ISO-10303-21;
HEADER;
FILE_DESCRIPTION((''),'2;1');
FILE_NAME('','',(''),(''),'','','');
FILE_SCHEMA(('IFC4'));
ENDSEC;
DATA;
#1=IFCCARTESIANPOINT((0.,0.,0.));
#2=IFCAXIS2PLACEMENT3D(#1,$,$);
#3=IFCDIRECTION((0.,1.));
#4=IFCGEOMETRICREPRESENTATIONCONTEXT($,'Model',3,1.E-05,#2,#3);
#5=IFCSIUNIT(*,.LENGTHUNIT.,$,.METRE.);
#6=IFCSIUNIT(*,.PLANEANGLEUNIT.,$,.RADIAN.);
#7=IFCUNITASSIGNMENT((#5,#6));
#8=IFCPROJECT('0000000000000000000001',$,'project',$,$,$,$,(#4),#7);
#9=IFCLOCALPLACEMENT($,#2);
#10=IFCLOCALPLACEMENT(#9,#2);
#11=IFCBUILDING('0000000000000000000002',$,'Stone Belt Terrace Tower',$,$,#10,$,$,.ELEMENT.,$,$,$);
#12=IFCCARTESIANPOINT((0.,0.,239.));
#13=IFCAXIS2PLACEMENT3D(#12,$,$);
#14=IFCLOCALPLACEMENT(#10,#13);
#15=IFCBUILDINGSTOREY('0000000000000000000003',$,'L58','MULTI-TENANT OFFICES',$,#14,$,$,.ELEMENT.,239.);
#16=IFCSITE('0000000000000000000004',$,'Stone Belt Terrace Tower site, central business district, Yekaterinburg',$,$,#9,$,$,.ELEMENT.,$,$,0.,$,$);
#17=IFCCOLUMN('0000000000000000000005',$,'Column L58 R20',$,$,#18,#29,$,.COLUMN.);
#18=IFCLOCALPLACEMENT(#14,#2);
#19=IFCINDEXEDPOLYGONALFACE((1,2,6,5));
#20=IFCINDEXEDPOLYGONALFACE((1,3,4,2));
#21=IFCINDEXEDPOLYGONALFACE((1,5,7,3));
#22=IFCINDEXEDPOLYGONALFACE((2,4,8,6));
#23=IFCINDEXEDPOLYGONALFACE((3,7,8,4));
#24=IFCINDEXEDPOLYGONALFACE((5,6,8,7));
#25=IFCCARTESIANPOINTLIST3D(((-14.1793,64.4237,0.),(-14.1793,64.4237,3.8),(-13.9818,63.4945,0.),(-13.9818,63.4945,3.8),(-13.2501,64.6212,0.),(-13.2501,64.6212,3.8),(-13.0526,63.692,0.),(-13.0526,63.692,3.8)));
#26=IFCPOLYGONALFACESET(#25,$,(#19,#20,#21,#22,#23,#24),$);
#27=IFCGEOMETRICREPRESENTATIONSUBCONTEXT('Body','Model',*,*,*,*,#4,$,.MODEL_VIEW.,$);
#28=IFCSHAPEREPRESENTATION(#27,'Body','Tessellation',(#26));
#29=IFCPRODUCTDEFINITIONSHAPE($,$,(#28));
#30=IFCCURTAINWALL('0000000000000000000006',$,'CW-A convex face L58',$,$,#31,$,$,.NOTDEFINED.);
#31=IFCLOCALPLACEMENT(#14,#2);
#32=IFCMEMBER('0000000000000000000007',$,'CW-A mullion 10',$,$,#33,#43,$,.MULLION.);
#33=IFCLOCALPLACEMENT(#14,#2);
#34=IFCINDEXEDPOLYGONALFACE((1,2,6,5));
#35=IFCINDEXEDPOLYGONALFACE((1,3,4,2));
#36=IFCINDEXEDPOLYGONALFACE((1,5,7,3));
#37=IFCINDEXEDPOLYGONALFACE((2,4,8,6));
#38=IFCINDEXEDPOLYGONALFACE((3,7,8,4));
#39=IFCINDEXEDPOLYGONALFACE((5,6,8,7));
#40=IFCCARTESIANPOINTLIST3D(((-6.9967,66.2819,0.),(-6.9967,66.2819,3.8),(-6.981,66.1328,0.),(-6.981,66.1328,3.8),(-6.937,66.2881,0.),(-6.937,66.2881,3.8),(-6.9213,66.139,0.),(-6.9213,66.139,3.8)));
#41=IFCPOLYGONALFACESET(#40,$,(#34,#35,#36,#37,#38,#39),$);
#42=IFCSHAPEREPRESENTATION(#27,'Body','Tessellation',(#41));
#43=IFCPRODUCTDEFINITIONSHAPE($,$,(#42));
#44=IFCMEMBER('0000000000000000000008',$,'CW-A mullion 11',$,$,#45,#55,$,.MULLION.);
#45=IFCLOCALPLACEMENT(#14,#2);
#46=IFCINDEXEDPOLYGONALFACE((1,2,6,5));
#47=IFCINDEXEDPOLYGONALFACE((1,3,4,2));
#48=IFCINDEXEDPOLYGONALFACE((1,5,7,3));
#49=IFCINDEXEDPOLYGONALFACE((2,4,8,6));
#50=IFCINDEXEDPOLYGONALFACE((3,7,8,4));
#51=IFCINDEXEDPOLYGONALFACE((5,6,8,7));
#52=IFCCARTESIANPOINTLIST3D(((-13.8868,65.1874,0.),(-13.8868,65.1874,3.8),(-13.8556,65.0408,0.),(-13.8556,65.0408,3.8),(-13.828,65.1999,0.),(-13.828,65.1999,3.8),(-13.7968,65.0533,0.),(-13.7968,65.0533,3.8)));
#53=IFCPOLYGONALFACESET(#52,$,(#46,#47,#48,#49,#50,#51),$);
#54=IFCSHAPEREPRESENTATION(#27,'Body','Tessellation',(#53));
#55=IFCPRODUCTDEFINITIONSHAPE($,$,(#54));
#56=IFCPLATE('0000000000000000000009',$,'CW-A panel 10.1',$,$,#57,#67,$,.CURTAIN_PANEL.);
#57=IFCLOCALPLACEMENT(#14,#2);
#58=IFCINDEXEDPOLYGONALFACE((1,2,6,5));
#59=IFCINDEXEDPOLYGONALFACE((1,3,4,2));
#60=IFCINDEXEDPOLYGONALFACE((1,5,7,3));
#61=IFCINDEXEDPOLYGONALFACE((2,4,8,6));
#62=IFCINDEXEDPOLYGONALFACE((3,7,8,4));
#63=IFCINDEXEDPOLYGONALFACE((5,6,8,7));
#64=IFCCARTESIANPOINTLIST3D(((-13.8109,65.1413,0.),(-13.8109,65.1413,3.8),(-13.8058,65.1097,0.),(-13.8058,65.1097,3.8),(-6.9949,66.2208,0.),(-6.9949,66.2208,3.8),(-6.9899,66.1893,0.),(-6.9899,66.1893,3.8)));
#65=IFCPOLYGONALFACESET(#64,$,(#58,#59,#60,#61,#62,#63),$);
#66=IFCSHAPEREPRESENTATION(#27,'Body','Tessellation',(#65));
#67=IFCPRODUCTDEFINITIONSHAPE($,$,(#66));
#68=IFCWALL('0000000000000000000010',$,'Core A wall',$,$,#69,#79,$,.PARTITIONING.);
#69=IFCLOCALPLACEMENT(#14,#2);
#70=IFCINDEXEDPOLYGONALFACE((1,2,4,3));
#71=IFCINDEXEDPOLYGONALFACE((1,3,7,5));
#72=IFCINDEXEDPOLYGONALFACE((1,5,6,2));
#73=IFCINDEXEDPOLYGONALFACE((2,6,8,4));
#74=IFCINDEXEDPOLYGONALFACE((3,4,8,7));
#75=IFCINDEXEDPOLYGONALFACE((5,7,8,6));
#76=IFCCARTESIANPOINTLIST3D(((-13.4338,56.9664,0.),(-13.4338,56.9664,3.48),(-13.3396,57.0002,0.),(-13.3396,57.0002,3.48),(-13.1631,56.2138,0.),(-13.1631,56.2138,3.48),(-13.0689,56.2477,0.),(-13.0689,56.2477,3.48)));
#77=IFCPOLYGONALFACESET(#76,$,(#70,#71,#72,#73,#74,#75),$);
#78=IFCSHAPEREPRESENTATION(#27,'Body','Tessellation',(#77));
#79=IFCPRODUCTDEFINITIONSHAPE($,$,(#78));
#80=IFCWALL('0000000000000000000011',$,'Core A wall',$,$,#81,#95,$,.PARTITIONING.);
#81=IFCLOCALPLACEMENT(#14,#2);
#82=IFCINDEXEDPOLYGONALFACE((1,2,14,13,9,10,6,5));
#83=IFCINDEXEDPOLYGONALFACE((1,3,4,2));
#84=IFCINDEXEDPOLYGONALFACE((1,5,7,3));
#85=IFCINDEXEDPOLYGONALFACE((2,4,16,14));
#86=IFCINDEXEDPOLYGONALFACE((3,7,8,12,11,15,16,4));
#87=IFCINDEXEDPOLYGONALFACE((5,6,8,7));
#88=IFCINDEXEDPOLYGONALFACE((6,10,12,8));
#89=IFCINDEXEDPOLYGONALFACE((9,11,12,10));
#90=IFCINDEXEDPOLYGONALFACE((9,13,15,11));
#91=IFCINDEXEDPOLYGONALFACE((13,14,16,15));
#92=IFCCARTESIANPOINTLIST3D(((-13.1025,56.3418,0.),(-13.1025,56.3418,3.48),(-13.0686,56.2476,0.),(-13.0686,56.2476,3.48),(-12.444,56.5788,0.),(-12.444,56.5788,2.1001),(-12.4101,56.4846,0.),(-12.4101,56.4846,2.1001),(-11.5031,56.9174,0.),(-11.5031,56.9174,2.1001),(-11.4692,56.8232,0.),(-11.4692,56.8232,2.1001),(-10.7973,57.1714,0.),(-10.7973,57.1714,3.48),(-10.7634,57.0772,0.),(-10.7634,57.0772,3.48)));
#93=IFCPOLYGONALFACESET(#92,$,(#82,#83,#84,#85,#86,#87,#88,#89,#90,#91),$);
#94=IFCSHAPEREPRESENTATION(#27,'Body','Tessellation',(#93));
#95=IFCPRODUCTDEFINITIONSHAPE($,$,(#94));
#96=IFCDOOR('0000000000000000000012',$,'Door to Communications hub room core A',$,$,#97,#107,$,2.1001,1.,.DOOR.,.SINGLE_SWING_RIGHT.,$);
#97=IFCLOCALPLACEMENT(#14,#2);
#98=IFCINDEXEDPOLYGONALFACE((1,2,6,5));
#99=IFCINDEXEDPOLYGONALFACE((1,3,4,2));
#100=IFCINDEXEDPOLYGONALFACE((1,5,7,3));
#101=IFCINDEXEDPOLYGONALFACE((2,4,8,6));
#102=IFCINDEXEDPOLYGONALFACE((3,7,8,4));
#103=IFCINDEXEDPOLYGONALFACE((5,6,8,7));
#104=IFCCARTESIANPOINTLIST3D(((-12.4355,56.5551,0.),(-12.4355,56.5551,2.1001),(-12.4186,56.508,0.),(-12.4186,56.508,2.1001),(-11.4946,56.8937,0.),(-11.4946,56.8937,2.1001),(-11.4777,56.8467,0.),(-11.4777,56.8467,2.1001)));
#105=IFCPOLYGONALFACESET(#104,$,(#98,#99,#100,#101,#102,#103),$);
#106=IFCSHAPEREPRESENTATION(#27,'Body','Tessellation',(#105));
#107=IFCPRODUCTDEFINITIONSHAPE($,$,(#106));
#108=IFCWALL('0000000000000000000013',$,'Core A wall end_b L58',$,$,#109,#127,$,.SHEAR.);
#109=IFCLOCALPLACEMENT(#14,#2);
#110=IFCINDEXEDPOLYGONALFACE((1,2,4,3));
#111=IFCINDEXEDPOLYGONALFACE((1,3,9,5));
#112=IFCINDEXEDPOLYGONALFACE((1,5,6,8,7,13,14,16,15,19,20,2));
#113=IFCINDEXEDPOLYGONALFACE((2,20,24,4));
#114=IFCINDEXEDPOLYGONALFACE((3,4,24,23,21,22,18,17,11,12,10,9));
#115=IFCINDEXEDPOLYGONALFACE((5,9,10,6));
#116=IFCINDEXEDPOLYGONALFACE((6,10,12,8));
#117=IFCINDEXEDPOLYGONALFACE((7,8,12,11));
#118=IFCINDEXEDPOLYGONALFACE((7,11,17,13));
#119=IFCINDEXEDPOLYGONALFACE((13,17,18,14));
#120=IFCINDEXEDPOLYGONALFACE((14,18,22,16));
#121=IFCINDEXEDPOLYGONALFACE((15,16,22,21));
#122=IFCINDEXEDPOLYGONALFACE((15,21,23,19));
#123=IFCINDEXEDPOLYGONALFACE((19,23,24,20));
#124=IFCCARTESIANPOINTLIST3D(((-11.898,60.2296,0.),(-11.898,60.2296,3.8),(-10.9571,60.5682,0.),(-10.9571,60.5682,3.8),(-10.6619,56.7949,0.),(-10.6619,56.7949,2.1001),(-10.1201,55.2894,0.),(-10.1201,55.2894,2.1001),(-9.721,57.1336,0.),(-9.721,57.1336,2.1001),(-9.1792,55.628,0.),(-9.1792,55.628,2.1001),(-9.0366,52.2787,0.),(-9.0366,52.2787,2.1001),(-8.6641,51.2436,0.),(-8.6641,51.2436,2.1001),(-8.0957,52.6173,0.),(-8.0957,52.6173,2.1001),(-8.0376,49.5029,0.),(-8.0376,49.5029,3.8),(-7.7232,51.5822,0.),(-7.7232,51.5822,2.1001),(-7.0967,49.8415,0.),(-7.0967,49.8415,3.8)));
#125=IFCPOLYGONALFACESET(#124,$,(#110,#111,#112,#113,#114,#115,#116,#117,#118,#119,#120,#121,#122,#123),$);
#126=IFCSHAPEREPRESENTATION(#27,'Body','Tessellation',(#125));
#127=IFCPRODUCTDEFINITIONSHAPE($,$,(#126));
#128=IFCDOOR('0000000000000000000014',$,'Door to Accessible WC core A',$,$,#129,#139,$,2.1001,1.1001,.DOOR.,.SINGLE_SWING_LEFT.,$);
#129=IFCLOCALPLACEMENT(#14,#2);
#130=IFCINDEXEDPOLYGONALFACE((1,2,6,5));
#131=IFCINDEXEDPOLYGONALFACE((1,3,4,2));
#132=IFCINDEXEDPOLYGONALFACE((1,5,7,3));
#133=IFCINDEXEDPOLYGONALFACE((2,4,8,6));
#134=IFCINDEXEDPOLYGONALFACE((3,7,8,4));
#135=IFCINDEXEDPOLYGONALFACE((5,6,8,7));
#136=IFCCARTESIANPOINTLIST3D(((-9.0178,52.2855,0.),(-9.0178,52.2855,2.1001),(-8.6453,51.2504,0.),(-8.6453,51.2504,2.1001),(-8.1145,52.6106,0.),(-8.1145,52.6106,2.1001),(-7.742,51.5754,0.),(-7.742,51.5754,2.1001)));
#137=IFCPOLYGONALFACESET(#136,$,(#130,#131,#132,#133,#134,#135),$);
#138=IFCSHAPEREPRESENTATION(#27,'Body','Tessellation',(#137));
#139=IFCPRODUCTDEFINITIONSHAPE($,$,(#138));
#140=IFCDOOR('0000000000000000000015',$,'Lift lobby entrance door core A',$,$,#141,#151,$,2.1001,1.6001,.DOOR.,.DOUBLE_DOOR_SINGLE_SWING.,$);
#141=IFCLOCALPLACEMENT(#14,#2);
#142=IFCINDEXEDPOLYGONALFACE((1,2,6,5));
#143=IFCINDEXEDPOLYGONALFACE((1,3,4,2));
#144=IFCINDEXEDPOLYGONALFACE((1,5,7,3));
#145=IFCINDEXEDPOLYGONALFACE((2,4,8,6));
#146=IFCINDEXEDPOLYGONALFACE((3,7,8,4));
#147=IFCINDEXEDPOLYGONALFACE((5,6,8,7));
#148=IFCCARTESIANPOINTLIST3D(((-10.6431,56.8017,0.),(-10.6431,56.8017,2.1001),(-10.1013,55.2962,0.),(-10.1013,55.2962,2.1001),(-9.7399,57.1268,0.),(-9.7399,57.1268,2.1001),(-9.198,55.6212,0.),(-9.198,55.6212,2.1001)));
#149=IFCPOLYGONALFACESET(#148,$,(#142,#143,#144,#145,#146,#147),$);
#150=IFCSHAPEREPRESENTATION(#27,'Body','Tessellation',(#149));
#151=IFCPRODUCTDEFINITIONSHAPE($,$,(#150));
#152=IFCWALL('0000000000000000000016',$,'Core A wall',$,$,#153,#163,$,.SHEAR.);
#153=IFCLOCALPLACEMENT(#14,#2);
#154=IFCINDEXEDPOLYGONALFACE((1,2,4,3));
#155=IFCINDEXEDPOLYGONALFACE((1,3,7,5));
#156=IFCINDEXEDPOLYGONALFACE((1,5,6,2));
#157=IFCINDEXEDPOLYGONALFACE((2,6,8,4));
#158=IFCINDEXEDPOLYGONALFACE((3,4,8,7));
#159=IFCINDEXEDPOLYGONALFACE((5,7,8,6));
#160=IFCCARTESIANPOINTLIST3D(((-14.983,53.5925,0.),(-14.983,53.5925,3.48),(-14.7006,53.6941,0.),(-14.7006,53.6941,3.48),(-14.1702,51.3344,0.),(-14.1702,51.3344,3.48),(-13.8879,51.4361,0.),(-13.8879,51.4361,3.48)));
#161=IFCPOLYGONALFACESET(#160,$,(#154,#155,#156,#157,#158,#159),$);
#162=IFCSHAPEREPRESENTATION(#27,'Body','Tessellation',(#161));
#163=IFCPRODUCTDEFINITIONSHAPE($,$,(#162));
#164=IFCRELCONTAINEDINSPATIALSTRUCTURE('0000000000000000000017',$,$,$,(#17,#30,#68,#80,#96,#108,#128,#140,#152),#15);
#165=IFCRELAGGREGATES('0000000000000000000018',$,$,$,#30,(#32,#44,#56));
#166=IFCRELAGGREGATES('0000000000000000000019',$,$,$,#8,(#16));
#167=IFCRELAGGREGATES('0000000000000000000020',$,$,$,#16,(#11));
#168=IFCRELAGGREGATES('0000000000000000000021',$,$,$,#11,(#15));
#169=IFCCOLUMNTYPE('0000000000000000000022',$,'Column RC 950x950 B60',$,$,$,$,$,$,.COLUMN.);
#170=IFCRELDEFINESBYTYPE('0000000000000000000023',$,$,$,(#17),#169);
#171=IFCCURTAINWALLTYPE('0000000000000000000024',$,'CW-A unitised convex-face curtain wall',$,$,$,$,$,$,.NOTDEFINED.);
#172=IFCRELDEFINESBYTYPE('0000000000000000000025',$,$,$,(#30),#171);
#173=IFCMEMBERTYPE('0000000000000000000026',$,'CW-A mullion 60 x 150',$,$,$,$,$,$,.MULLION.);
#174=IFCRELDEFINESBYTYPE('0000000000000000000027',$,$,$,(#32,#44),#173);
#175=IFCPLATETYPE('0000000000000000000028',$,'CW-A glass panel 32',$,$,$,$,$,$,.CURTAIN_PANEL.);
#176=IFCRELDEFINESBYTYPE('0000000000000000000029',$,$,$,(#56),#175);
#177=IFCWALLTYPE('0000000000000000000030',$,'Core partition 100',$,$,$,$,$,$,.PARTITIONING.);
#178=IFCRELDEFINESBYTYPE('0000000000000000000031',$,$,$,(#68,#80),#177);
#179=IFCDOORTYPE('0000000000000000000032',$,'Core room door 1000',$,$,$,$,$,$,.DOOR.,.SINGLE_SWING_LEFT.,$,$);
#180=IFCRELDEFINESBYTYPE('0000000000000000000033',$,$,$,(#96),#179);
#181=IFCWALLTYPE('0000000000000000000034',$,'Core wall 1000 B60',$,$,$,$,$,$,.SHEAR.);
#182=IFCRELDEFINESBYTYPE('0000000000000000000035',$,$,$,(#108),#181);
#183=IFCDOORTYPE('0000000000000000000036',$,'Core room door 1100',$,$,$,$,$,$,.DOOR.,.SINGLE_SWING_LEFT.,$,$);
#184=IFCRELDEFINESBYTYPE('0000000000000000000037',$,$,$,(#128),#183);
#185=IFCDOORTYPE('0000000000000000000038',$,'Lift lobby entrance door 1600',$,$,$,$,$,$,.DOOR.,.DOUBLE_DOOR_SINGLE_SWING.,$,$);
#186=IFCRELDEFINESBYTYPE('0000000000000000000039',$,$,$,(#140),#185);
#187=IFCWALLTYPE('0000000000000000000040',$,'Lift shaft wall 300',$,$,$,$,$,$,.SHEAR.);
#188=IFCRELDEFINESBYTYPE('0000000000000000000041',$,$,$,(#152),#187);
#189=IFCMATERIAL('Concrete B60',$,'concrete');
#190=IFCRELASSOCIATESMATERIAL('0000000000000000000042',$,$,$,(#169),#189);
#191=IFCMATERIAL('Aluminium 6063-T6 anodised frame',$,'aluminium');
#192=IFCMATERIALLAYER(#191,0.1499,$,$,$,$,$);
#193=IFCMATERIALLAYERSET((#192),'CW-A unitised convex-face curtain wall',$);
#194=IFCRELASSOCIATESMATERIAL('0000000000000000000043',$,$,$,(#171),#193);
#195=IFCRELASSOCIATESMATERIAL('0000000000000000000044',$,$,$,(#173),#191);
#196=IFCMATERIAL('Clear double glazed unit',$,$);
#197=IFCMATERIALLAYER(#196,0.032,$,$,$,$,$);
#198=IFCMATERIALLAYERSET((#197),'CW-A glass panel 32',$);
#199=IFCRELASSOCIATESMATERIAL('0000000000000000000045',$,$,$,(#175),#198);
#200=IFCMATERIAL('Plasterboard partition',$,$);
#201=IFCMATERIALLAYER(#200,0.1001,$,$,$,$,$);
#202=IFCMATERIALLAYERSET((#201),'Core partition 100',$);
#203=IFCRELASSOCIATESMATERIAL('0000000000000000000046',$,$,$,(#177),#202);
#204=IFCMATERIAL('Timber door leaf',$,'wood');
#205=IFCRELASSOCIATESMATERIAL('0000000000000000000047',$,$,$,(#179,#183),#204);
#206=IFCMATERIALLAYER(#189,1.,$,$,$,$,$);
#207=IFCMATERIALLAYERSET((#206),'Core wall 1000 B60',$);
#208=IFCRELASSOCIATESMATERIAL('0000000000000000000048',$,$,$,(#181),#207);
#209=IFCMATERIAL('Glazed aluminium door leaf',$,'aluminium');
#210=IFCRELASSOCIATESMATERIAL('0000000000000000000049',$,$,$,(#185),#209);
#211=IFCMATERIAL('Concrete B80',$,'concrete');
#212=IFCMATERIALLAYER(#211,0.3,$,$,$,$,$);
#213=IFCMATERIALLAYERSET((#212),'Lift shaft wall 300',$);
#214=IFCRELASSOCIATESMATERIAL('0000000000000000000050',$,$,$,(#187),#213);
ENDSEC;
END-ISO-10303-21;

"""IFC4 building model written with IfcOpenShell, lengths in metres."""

from ifc_helpers import new_model, si_unit, direction, frame, frame_2d, origin, origin_2d, place, context, subcontext, project, spatial, rectangle, extrude, material, layer, layer_set, material_profile, profile_set, type_object, element, fill, aggregate, save


model = new_model("IFC4")

# Units and contexts
model_context = context("Model", 3, precision=1e-05, world=origin(), true_north=direction((0.0, 1.0)))
body_context = subcontext(model_context, "Body", "Model", "MODEL_VIEW")
ifc_project = project(units=[si_unit("LENGTHUNIT", "METRE"), si_unit("PLANEANGLEUNIT", "RADIAN")], contexts=[model_context])

# Site, building, storey
site_placement = place(None, origin())
site = spatial("IfcSite", under=ifc_project, at=site_placement, Name="Stone Belt Terrace Tower site, central business district, Yekaterinburg", CompositionType="ELEMENT", RefElevation=0.0)
building_placement = place(site_placement, origin())
building = spatial("IfcBuilding", under=site, at=building_placement, Name="Stone Belt Terrace Tower", CompositionType="ELEMENT")
storey_placement = place(building_placement, frame((0.0, 0.0, 239.0)))
storey = spatial("IfcBuildingStorey", under=building, at=storey_placement, Name="L58", Description="MULTI-TENANT OFFICES", CompositionType="ELEMENT", Elevation=239.0)

# Column
ifc_material_1 = material(Name="Concrete B60", Category="concrete")
ifc_material_profile_1 = material_profile(ifc_material_1, rectangle(XDim=0.95, YDim=0.95, at=origin_2d()), Name="RC 950x950")
ifc_profile_set_1 = profile_set([ifc_material_profile_1], Name="Concrete B60")
column_type = type_object("IfcColumnType", Name="Column RC 950x950 B60", PredefinedType="COLUMN", material=ifc_profile_set_1)
column_placement = place(storey_placement, frame((-13.616, 64.0579, 0.0), z_axis=(0.0, 0.0, 1.0), x_axis=(0.978148, 0.207912, 0.0)))
element("IfcColumn", 1, at=column_placement, inside=storey, type_object=column_type, Name="Column L58 R20", PredefinedType="COLUMN", context=body_context, shape_type="SweptSolid", body=[
    extrude(rectangle(XDim=0.95, YDim=0.95, at=origin_2d()), origin(), (0.0, 0.0, 1.0), 3.8),
])

# Curtain wall, members, plate
ifc_material_2 = material(Name="Aluminium 6063-T6 anodised frame", Category="aluminium")
ifc_layer_1 = layer(ifc_material_2, 0.1499)
ifc_layer_set_1 = layer_set([ifc_layer_1], Name="CW-A unitised convex-face curtain wall")
curtain_wall_type = type_object("IfcCurtainWallType", Name="CW-A unitised convex-face curtain wall", PredefinedType="NOTDEFINED", material=ifc_layer_set_1)
curtain_wall_placement = place(storey_placement, origin())
curtain_wall = element("IfcCurtainWall", 2, at=curtain_wall_placement, inside=storey, type_object=curtain_wall_type, Name="CW-A convex face L58", PredefinedType="NOTDEFINED")
ifc_material_profile_2 = material_profile(ifc_material_2, rectangle(XDim=0.1499, YDim=0.0601, at=origin_2d()), Name="Aluminium 6063-T6 60x150")
ifc_profile_set_2 = profile_set([ifc_material_profile_2], Name="Aluminium 6063-T6 anodised frame")
member_type = type_object("IfcMemberType", Name="CW-A mullion 60 x 150", PredefinedType="MULLION", material=ifc_profile_set_2)
member_1_placement = place(storey_placement, frame((-6.959, 66.2104, 0.0), z_axis=(0.0, 0.0, 1.0), x_axis=(0.104528, -0.994522, 0.0)))
member_1 = element("IfcMember", 3, at=member_1_placement, type_object=member_type, Name="CW-A mullion 10", PredefinedType="MULLION", context=body_context, shape_type="SweptSolid", body=[
    extrude(rectangle(XDim=0.1499, YDim=0.0601, at=origin_2d()), origin(), (0.0, 0.0, 1.0), 3.8),
])
member_2_placement = place(storey_placement, frame((-13.8418, 65.1204, 0.0), z_axis=(0.0, 0.0, 1.0), x_axis=(0.207912, -0.978148, 0.0)))
member_2 = element("IfcMember", 4, at=member_2_placement, type_object=member_type, Name="CW-A mullion 11", PredefinedType="MULLION", context=body_context, shape_type="SweptSolid", body=[
    extrude(rectangle(XDim=0.1499, YDim=0.0601, at=origin_2d()), origin(), (0.0, 0.0, 1.0), 3.8),
])
ifc_material_3 = material(Name="Clear double glazed unit")
ifc_layer_2 = layer(ifc_material_3, 0.032)
ifc_layer_set_2 = layer_set([ifc_layer_2], Name="CW-A glass panel 32")
plate_type = type_object("IfcPlateType", Name="CW-A glass panel 32", PredefinedType="CURTAIN_PANEL", material=ifc_layer_set_2)
plate_placement = place(storey_placement, frame((-10.4004, 65.6653, 0.0), z_axis=(0.0, 0.0, 1.0), x_axis=(-0.987688, -0.156434, 0.0)))
plate = element("IfcPlate", 5, at=plate_placement, type_object=plate_type, Name="CW-A panel 10.1", PredefinedType="CURTAIN_PANEL", context=body_context, shape_type="SweptSolid", body=[
    extrude(rectangle(XDim=6.9009, YDim=0.032, at=origin_2d()), origin(), (0.0, 0.0, 1.0), 3.8),
])
aggregate(curtain_wall, [member_1, member_2, plate])

# Wall
ifc_material_4 = material(Name="Plasterboard partition")
ifc_layer_3 = layer(ifc_material_4, 0.1001)
ifc_layer_set_3 = layer_set([ifc_layer_3], Name="Core partition 100")
wall_type_1 = type_object("IfcWallType", Name="Core partition 100", PredefinedType="PARTITIONING", material=ifc_layer_set_3)
wall_1_placement = place(storey_placement, frame((-13.116, 56.2307, 0.0), z_axis=(0.0, 0.0, 1.0), x_axis=(-0.338482, 0.940973, 0.0)))
element("IfcWall", 6, at=wall_1_placement, inside=storey, type_object=wall_type_1, Name="Core A wall", PredefinedType="PARTITIONING", context=body_context, shape_type="SweptSolid", body=[
    extrude(rectangle(XDim=0.7998, YDim=0.1001, at=frame_2d((0.3999, 0.0))), origin(), (0.0, 0.0, 1.0), 3.48),
])

# Wall, opening, door
wall_2_placement = place(storey_placement, frame((-13.0857, 56.2947, 0.0), z_axis=(0.0, 0.0, 1.0), x_axis=(0.940923, 0.338621, 0.0)))
wall_2 = element("IfcWall", 7, at=wall_2_placement, inside=storey, type_object=wall_type_1, Name="Core A wall", PredefinedType="PARTITIONING", context=body_context, shape_type="SweptSolid", body=[
    extrude(rectangle(XDim=2.45, YDim=0.1001, at=frame_2d((1.2251, 0.0))), origin(), (0.0, 0.0, 1.0), 3.48),
])
opening_1_placement = place(wall_2_placement, frame((0.7, 0.0, 0.0)))
opening_1 = element("IfcOpeningElement", 8, at=opening_1_placement, cuts=wall_2, PredefinedType="OPENING", context=body_context, shape_type="SweptSolid", body=[
    extrude(rectangle(XDim=1.0, YDim=2.1001, at=frame_2d((0.5, 1.05))), frame((0.0, 0.0601, 0.0), z_axis=(0.0, -1.0, 0.0), x_axis=(1.0, 0.0, 0.0)), (0.0, 0.0, 1.0), 0.1201),
])
ifc_material_5 = material(Name="Timber door leaf", Category="wood")
door_type_1 = type_object("IfcDoorType", Name="Core room door 1000", OperationType="SINGLE_SWING_LEFT", PredefinedType="DOOR", material=ifc_material_5)
door_1_placement = place(opening_1_placement, origin())
door_1 = element("IfcDoor", 9, at=door_1_placement, inside=storey, type_object=door_type_1, Name="Door to Communications hub room core A", OperationType="SINGLE_SWING_RIGHT", OverallHeight=2.1001, OverallWidth=1.0, PredefinedType="DOOR", context=body_context, shape_type="SweptSolid", body=[
    extrude(rectangle(XDim=1.0, YDim=2.1001, at=frame_2d((0.5, 1.05))), frame((0.0, 0.0249, 0.0), z_axis=(0.0, -1.0, 0.0), x_axis=(1.0, 0.0, 0.0)), (0.0, 0.0, 1.0), 0.05),
])
fill(opening_1, door_1)

# Wall, openings, doors
ifc_layer_4 = layer(ifc_material_1, 1.0)
ifc_layer_set_4 = layer_set([ifc_layer_4], Name="Core wall 1000 B60")
wall_type_2 = type_object("IfcWallType", Name="Core wall 1000 B60", PredefinedType="SHEAR", material=ifc_layer_set_4)
wall_3_placement = place(storey_placement, frame((-7.5671, 49.6721, 0.0), z_axis=(0.0, 0.0, 1.0), x_axis=(-0.338625, 0.940921, 0.0)))
wall_3 = element("IfcWall", 10, at=wall_3_placement, inside=storey, type_object=wall_type_2, Name="Core A wall end_b L58", PredefinedType="SHEAR", context=body_context, shape_type="SweptSolid", body=[
    extrude(rectangle(XDim=11.4001, YDim=1.0, at=frame_2d((5.7002, 0.0))), origin(), (0.0, 0.0, 1.0), 3.8),
])
opening_2_placement = place(wall_3_placement, frame((6.1499, 0.0, 0.0)))
opening_2 = element("IfcOpeningElement", 11, at=opening_2_placement, cuts=wall_3, PredefinedType="OPENING", context=body_context, shape_type="SweptSolid", body=[
    extrude(rectangle(XDim=1.6001, YDim=2.1001, at=frame_2d((0.8, 1.05))), frame((0.0, 0.51, 0.0), z_axis=(0.0, -1.0, 0.0), x_axis=(1.0, 0.0, 0.0)), (0.0, 0.0, 1.0), 1.02),
])
opening_3_placement = place(wall_3_placement, frame((1.8501, 0.0, 0.0)))
opening_3 = element("IfcOpeningElement", 12, at=opening_3_placement, cuts=wall_3, PredefinedType="OPENING", context=body_context, shape_type="SweptSolid", body=[
    extrude(rectangle(XDim=1.1001, YDim=2.1001, at=frame_2d((0.55, 1.05))), frame((0.0, 0.51, 0.0), z_axis=(0.0, -1.0, 0.0), x_axis=(1.0, 0.0, 0.0)), (0.0, 0.0, 1.0), 1.02),
])
door_type_2 = type_object("IfcDoorType", Name="Core room door 1100", OperationType="SINGLE_SWING_LEFT", PredefinedType="DOOR", material=ifc_material_5)
door_2_placement = place(opening_3_placement, origin())
door_2 = element("IfcDoor", 13, at=door_2_placement, inside=storey, type_object=door_type_2, Name="Door to Accessible WC core A", OperationType="SINGLE_SWING_LEFT", OverallHeight=2.1001, OverallWidth=1.1001, PredefinedType="DOOR", context=body_context, shape_type="SweptSolid", body=[
    extrude(rectangle(XDim=1.1001, YDim=2.1001, at=frame_2d((0.55, 1.05))), frame((0.0, 0.48, 0.0), z_axis=(0.0, -1.0, 0.0), x_axis=(1.0, 0.0, 0.0)), (0.0, 0.0, 1.0), 0.96),
])
fill(opening_3, door_2)
ifc_material_6 = material(Name="Glazed aluminium door leaf", Category="aluminium")
door_type_3 = type_object("IfcDoorType", Name="Lift lobby entrance door 1600", OperationType="DOUBLE_DOOR_SINGLE_SWING", PredefinedType="DOOR", material=ifc_material_6)
door_3_placement = place(opening_2_placement, origin())
door_3 = element("IfcDoor", 14, at=door_3_placement, inside=storey, type_object=door_type_3, Name="Lift lobby entrance door core A", OperationType="DOUBLE_DOOR_SINGLE_SWING", OverallHeight=2.1001, OverallWidth=1.6001, PredefinedType="DOOR", context=body_context, shape_type="SweptSolid", body=[
    extrude(rectangle(XDim=1.6001, YDim=2.1001, at=frame_2d((0.8, 1.05))), frame((0.0, 0.48, 0.0), z_axis=(0.0, -1.0, 0.0), x_axis=(1.0, 0.0, 0.0)), (0.0, 0.0, 1.0), 0.96),
])
fill(opening_2, door_3)

# Wall
ifc_material_7 = material(Name="Concrete B80", Category="concrete")
ifc_layer_5 = layer(ifc_material_7, 0.3)
ifc_layer_set_5 = layer_set([ifc_layer_5], Name="Lift shaft wall 300")
wall_type_3 = type_object("IfcWallType", Name="Lift shaft wall 300", PredefinedType="SHEAR", material=ifc_layer_set_5)
wall_4_placement = place(storey_placement, frame((-14.0291, 51.3853, 0.0), z_axis=(0.0, 0.0, 1.0), x_axis=(-0.338662, 0.940908, 0.0)))
element("IfcWall", 15, at=wall_4_placement, inside=storey, type_object=wall_type_3, Name="Core A wall", PredefinedType="SHEAR", context=body_context, shape_type="SweptSolid", body=[
    extrude(rectangle(XDim=2.3999, YDim=0.3, at=frame_2d((1.2, 0.0))), origin(), (0.0, 0.0, 1.0), 3.48),
])

save(model, "model.ifc")
